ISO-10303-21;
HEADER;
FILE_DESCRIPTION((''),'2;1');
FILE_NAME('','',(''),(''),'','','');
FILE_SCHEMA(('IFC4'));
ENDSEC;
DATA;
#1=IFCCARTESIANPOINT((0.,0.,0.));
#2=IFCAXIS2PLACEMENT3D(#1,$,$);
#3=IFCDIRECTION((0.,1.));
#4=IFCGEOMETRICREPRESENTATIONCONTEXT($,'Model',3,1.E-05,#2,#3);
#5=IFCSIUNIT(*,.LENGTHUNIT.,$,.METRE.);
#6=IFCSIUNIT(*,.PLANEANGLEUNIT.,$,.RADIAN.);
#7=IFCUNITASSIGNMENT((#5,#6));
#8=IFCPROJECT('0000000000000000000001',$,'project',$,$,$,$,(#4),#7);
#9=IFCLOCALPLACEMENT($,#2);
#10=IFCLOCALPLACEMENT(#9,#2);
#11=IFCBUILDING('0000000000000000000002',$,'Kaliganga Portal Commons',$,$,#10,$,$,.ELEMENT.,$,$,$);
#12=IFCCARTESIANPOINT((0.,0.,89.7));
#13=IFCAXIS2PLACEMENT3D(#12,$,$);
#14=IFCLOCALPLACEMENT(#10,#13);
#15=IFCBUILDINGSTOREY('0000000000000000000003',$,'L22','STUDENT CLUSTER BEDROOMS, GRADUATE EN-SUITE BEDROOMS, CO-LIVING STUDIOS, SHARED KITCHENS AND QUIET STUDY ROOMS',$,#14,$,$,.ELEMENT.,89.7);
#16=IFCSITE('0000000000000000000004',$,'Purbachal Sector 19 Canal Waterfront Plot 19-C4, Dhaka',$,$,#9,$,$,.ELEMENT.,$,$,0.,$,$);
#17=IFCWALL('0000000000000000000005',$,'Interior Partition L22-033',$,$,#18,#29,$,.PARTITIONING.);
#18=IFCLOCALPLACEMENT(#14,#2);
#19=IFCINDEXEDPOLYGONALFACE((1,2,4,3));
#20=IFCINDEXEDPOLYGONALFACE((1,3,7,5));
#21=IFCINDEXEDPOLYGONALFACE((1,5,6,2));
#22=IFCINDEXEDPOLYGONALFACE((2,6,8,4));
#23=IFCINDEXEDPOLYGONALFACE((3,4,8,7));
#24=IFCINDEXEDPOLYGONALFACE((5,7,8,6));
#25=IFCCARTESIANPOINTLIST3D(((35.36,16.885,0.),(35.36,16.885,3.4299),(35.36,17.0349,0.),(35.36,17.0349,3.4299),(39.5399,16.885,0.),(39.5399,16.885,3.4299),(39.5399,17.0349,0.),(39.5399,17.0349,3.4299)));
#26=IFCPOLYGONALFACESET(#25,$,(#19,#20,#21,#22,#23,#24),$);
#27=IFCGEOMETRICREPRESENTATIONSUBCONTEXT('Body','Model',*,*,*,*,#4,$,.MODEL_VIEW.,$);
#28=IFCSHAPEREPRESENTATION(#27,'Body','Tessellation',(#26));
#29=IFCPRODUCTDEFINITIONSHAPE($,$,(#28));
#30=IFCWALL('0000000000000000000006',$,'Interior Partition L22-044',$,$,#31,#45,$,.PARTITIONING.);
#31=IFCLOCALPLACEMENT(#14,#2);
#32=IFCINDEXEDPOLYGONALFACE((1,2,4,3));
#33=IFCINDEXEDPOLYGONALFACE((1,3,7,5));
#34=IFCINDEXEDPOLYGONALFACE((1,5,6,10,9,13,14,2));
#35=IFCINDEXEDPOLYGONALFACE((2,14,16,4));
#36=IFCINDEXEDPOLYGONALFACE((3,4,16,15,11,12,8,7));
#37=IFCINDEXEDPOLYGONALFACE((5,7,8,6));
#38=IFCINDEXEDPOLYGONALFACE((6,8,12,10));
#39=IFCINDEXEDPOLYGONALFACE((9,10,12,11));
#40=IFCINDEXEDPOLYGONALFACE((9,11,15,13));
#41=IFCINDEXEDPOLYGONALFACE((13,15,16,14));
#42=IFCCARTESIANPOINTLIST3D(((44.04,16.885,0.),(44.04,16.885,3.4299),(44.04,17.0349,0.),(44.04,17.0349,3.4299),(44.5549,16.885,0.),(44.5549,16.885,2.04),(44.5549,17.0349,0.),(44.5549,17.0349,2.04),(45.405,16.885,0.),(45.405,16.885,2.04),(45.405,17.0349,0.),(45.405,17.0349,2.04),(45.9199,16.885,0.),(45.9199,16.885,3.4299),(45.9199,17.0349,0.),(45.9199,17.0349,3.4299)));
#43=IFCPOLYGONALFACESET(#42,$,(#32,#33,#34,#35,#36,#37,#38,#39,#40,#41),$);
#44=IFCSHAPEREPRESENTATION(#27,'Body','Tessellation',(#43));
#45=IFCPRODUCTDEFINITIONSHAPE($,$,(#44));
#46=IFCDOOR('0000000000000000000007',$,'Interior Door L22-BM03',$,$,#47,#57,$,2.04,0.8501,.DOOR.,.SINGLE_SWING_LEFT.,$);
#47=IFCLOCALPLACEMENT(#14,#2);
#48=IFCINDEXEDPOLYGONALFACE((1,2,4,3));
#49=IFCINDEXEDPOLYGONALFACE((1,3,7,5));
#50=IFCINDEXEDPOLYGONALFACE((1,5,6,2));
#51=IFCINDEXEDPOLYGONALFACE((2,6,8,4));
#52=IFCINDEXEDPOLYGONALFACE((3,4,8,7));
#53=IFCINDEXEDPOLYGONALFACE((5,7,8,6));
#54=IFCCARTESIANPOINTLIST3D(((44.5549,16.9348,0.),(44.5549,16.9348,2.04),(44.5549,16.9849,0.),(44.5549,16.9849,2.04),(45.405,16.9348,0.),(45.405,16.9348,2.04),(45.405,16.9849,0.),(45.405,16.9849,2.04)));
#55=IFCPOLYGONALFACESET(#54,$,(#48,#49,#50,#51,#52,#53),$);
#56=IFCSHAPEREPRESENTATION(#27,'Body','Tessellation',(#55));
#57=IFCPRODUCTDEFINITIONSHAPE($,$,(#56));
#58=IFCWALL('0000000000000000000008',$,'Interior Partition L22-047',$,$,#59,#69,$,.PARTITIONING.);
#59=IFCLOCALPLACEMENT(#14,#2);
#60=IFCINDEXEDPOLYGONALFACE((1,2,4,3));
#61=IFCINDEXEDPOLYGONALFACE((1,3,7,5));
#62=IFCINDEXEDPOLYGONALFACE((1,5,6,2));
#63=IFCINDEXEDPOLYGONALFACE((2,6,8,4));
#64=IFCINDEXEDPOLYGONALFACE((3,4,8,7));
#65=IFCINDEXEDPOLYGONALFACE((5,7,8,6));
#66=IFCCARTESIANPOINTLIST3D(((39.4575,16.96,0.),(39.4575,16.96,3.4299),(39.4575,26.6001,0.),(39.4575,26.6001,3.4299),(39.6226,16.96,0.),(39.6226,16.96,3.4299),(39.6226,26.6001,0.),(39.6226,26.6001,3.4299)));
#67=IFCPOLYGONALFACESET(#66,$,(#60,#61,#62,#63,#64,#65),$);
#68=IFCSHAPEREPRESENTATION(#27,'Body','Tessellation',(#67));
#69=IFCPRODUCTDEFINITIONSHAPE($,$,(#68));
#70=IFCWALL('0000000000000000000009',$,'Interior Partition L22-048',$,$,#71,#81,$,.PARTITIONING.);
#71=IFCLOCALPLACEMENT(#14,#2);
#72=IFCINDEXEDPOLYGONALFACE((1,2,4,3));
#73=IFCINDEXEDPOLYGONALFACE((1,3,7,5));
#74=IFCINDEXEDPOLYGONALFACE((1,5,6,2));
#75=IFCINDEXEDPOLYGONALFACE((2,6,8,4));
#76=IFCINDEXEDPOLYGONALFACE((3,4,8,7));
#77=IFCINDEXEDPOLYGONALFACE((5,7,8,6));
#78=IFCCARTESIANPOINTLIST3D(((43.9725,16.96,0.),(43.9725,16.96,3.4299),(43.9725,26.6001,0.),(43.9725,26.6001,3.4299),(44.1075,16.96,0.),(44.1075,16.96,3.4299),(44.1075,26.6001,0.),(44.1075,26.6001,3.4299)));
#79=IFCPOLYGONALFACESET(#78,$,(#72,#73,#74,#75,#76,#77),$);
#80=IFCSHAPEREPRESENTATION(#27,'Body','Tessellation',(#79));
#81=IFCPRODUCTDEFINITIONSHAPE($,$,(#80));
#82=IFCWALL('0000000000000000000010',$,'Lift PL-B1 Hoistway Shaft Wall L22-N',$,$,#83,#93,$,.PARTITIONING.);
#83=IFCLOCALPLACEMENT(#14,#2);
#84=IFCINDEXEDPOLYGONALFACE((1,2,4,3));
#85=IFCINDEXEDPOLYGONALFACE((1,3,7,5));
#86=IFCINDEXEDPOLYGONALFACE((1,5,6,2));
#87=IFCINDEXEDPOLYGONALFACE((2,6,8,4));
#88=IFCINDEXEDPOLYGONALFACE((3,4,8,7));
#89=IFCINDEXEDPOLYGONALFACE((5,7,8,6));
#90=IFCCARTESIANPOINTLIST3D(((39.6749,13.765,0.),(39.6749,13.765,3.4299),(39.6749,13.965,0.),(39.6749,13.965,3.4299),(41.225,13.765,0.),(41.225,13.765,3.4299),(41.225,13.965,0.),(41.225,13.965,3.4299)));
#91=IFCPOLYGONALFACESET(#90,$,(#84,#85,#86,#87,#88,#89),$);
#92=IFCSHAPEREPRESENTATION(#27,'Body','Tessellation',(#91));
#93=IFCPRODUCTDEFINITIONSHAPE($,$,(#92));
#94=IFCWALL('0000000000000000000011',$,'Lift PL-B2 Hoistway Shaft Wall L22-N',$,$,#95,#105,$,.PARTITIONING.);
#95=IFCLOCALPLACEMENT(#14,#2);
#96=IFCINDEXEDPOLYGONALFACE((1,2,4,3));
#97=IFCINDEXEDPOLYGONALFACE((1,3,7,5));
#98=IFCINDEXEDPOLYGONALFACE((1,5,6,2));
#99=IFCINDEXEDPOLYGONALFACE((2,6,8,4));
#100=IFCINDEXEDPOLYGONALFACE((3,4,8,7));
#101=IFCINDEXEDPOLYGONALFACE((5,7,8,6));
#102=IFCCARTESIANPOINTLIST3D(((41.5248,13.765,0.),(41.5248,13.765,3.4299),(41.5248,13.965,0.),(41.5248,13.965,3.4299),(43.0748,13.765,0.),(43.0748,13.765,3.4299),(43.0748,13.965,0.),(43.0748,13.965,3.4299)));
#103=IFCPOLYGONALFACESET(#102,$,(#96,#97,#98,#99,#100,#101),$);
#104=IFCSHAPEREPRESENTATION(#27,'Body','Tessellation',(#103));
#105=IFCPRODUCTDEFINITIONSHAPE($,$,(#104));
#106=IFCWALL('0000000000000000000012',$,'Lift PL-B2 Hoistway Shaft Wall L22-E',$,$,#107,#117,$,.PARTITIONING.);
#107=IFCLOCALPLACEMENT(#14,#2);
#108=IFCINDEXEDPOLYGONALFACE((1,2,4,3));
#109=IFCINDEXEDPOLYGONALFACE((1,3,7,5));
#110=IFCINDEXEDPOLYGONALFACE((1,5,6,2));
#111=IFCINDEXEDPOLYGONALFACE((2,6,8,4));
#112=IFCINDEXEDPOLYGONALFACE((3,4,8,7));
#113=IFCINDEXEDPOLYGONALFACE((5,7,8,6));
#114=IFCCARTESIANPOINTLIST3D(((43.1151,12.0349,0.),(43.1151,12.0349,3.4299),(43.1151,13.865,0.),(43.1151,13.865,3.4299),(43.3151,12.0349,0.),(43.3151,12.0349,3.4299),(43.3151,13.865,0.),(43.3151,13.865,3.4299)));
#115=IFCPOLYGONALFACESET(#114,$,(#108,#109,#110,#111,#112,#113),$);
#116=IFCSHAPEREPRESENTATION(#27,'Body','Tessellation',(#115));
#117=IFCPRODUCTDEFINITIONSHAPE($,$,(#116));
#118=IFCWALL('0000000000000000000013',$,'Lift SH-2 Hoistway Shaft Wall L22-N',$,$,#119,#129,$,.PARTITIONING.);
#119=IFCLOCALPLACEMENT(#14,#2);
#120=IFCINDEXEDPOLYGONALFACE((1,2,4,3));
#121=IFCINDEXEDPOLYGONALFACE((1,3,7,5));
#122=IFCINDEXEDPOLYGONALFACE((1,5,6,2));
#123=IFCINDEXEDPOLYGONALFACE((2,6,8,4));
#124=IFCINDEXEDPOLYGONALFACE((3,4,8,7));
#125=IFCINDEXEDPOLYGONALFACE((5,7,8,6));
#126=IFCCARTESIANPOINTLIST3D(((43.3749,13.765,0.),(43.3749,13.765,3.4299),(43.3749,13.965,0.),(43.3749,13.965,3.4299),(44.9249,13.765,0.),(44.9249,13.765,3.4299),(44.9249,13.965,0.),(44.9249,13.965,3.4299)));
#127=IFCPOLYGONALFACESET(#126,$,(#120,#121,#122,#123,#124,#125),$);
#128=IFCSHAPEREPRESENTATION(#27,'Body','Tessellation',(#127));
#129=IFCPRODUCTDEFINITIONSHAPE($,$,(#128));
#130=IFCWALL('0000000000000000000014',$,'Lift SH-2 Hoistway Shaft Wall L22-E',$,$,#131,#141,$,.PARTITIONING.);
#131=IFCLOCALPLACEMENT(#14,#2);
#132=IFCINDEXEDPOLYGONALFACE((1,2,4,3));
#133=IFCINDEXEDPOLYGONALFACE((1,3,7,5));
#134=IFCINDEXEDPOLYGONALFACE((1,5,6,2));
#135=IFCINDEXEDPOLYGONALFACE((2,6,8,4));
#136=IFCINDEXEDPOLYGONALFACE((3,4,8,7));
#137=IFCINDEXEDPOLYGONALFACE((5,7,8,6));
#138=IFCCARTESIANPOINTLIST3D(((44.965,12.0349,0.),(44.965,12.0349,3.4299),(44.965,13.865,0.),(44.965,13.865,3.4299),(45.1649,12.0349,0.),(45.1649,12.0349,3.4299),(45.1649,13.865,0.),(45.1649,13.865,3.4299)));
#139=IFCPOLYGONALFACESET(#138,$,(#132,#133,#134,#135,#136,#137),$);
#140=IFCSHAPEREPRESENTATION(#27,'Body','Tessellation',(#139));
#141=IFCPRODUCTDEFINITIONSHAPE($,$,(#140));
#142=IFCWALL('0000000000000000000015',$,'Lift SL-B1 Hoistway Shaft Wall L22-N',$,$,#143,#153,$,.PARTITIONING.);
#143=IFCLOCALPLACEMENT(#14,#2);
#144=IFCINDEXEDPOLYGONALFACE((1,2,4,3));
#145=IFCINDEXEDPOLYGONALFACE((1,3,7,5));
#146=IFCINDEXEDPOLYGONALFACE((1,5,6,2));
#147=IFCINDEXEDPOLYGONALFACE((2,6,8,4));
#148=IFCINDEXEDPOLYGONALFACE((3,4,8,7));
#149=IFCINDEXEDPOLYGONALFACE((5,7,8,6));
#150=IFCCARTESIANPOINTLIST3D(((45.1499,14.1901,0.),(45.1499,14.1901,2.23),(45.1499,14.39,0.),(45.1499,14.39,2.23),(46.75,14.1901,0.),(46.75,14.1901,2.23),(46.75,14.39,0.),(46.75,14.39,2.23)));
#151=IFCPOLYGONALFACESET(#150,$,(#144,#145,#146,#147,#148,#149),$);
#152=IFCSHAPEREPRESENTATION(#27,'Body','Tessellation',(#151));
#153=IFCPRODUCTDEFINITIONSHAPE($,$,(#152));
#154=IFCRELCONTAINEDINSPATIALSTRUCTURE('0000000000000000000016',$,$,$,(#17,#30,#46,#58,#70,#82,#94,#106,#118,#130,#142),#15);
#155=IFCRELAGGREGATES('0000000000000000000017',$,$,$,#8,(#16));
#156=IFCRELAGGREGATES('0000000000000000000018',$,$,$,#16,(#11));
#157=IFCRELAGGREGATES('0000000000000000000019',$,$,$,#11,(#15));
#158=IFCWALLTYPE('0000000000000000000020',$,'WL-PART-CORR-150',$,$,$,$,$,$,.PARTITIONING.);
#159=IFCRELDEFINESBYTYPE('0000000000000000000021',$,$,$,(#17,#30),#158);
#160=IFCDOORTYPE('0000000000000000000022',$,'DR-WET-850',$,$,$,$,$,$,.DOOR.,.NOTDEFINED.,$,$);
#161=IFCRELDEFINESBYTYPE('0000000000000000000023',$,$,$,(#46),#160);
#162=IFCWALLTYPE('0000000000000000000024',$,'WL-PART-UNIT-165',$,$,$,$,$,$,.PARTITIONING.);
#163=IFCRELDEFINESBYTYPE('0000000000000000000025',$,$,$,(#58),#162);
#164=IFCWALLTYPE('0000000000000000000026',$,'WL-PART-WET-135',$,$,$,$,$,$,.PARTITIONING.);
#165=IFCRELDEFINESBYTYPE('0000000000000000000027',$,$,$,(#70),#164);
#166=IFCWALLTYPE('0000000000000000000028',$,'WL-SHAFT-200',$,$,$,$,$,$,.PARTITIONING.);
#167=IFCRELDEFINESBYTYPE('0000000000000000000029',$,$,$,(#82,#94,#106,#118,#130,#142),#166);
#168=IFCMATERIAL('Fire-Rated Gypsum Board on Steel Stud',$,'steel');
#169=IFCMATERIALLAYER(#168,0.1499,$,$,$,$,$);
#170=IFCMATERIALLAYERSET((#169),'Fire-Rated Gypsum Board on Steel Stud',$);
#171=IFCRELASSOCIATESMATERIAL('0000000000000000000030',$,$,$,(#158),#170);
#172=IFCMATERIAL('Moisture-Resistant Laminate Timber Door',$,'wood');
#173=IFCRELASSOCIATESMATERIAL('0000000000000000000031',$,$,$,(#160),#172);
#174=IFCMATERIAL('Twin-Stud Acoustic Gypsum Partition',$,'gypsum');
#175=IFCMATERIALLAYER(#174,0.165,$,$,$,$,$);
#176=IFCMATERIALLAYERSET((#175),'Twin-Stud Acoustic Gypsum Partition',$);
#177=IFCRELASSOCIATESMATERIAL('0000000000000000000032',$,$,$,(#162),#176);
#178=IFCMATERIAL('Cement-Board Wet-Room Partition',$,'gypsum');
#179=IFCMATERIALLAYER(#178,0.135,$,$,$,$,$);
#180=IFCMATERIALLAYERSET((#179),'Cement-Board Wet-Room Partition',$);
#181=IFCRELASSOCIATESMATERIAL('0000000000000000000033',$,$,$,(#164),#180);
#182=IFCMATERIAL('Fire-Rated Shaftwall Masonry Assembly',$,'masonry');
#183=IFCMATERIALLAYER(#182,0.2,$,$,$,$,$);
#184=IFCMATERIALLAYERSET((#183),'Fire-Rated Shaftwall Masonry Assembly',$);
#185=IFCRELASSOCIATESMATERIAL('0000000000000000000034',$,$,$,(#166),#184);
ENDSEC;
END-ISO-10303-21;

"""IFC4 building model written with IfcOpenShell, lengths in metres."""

from ifc_helpers import new_model, si_unit, direction, frame, frame_2d, origin, place, context, subcontext, project, spatial, rectangle, extrude, material, layer, layer_set, type_object, element, fill, save


model = new_model("IFC4")

# Units and contexts
model_context = context("Model", 3, precision=1e-05, world=origin(), true_north=direction((0.0, 1.0)))
body_context = subcontext(model_context, "Body", "Model", "MODEL_VIEW")
ifc_project = project(units=[si_unit("LENGTHUNIT", "METRE"), si_unit("PLANEANGLEUNIT", "RADIAN")], contexts=[model_context])

# Site, building, storey
site_placement = place(None, origin())
site = spatial("IfcSite", under=ifc_project, at=site_placement, Name="Purbachal Sector 19 Canal Waterfront Plot 19-C4, Dhaka", CompositionType="ELEMENT", RefElevation=0.0)
building_placement = place(site_placement, origin())
building = spatial("IfcBuilding", under=site, at=building_placement, Name="Kaliganga Portal Commons", CompositionType="ELEMENT")
storey_placement = place(building_placement, frame((0.0, 0.0, 89.7)))
storey = spatial("IfcBuildingStorey", under=building, at=storey_placement, Name="L22", Description="STUDENT CLUSTER BEDROOMS, GRADUATE EN-SUITE BEDROOMS, CO-LIVING STUDIOS, SHARED KITCHENS AND QUIET STUDY ROOMS", CompositionType="ELEMENT", Elevation=89.7)

# Shared definitions
ifc_material_1 = material(Name="Fire-Rated Gypsum Board on Steel Stud", Category="steel")
ifc_layer_1 = layer(ifc_material_1, 0.1499)
ifc_layer_set_1 = layer_set([ifc_layer_1], Name="Fire-Rated Gypsum Board on Steel Stud")
wall_type_1 = type_object("IfcWallType", Name="WL-PART-CORR-150", PredefinedType="PARTITIONING", material=ifc_layer_set_1)

# Wall
wall_1_placement = place(storey_placement, frame((35.3601, 16.96, 0.0), z_axis=(0.0, 0.0, 1.0), x_axis=(1.0, 0.0, 0.0)))
element("IfcWall", 1, at=wall_1_placement, inside=storey, type_object=wall_type_1, Name="Interior Partition L22-033", PredefinedType="PARTITIONING", context=body_context, shape_type="SweptSolid", body=[
    extrude(rectangle(XDim=4.1799, YDim=0.1499, at=frame_2d((2.0898, 0.0))), origin(), (0.0, 0.0, 1.0), 3.4299),
])

# Wall, opening, door
wall_2_placement = place(storey_placement, frame((44.04, 16.96, 0.0), z_axis=(0.0, 0.0, 1.0), x_axis=(1.0, 0.0, 0.0)))
wall_2 = element("IfcWall", 2, at=wall_2_placement, inside=storey, type_object=wall_type_1, Name="Interior Partition L22-044", PredefinedType="PARTITIONING", context=body_context, shape_type="SweptSolid", body=[
    extrude(rectangle(XDim=1.8799, YDim=0.1499, at=frame_2d((0.9399, 0.0))), origin(), (0.0, 0.0, 1.0), 3.4299),
])
opening_1_placement = place(wall_2_placement, frame((0.5149, 0.0, 0.0)))
opening_1 = element("IfcOpeningElement", 3, at=opening_1_placement, cuts=wall_2, PredefinedType="OPENING", context=body_context, shape_type="SweptSolid", body=[
    extrude(rectangle(XDim=0.8501, YDim=2.04, at=frame_2d((0.425, 1.02))), frame((0.0, 0.085, 0.0), z_axis=(0.0, -1.0, 0.0), x_axis=(1.0, 0.0, 0.0)), (0.0, 0.0, 1.0), 0.1699),
])
ifc_material_2 = material(Name="Moisture-Resistant Laminate Timber Door", Category="wood")
door_type_1 = type_object("IfcDoorType", Name="DR-WET-850", OperationType="NOTDEFINED", PredefinedType="DOOR", material=ifc_material_2)
door_1_placement = place(opening_1_placement, origin())
door_1 = element("IfcDoor", 4, at=door_1_placement, inside=storey, type_object=door_type_1, Name="Interior Door L22-BM03", OperationType="SINGLE_SWING_LEFT", OverallHeight=2.04, OverallWidth=0.8501, PredefinedType="DOOR", context=body_context, shape_type="SweptSolid", body=[
    extrude(rectangle(XDim=0.8501, YDim=2.04, at=frame_2d((0.425, 1.02))), frame((0.0, 0.0249, 0.0), z_axis=(0.0, -1.0, 0.0), x_axis=(1.0, 0.0, 0.0)), (0.0, 0.0, 1.0), 0.05),
])
fill(opening_1, door_1)

# Walls
ifc_material_3 = material(Name="Twin-Stud Acoustic Gypsum Partition", Category="gypsum")
ifc_layer_2 = layer(ifc_material_3, 0.165)
ifc_layer_set_2 = layer_set([ifc_layer_2], Name="Twin-Stud Acoustic Gypsum Partition")
wall_type_2 = type_object("IfcWallType", Name="WL-PART-UNIT-165", PredefinedType="PARTITIONING", material=ifc_layer_set_2)
wall_3_placement = place(storey_placement, frame((39.54, 16.96, 0.0), z_axis=(0.0, 0.0, 1.0), x_axis=(0.0, 1.0, 0.0)))
element("IfcWall", 5, at=wall_3_placement, inside=storey, type_object=wall_type_2, Name="Interior Partition L22-047", PredefinedType="PARTITIONING", context=body_context, shape_type="SweptSolid", body=[
    extrude(rectangle(XDim=9.6401, YDim=0.165, at=frame_2d((4.8201, 0.0))), origin(), (0.0, 0.0, 1.0), 3.4299),
])
ifc_material_4 = material(Name="Cement-Board Wet-Room Partition", Category="gypsum")
ifc_layer_3 = layer(ifc_material_4, 0.135)
ifc_layer_set_3 = layer_set([ifc_layer_3], Name="Cement-Board Wet-Room Partition")
wall_type_3 = type_object("IfcWallType", Name="WL-PART-WET-135", PredefinedType="PARTITIONING", material=ifc_layer_set_3)
wall_4_placement = place(storey_placement, frame((44.04, 16.96, 0.0), z_axis=(0.0, 0.0, 1.0), x_axis=(0.0, 1.0, 0.0)))
element("IfcWall", 6, at=wall_4_placement, inside=storey, type_object=wall_type_3, Name="Interior Partition L22-048", PredefinedType="PARTITIONING", context=body_context, shape_type="SweptSolid", body=[
    extrude(rectangle(XDim=9.6401, YDim=0.135, at=frame_2d((4.8201, 0.0))), origin(), (0.0, 0.0, 1.0), 3.4299),
])
ifc_material_5 = material(Name="Fire-Rated Shaftwall Masonry Assembly", Category="masonry")
ifc_layer_4 = layer(ifc_material_5, 0.2)
ifc_layer_set_4 = layer_set([ifc_layer_4], Name="Fire-Rated Shaftwall Masonry Assembly")
wall_type_4 = type_object("IfcWallType", Name="WL-SHAFT-200", PredefinedType="PARTITIONING", material=ifc_layer_set_4)
for number, where, z_axis, x_axis, name in (
    (7, (39.675, 13.865, 0.0), (0.0, 0.0, 1.0), (1.0, 0.0, 0.0), "Lift PL-B1 Hoistway Shaft Wall L22-N"),
    (8, (41.5249, 13.865, 0.0), (0.0, 0.0, 1.0), (1.0, 0.0, 0.0), "Lift PL-B2 Hoistway Shaft Wall L22-N"),
):
    element("IfcWall", number, at=place(storey_placement, frame(where, z_axis=z_axis, x_axis=x_axis)), inside=storey, type_object=wall_type_4, Name=name, PredefinedType="PARTITIONING", context=body_context, shape_type="SweptSolid", body=[
        extrude(rectangle(XDim=1.55, YDim=0.2, at=frame_2d((0.7749, 0.0))), origin(), (0.0, 0.0, 1.0), 3.4299),
    ])
wall_5_placement = place(storey_placement, frame((43.2151, 12.0349, 0.0), z_axis=(0.0, 0.0, 1.0), x_axis=(0.0, 1.0, 0.0)))
element("IfcWall", 9, at=wall_5_placement, inside=storey, type_object=wall_type_4, Name="Lift PL-B2 Hoistway Shaft Wall L22-E", PredefinedType="PARTITIONING", context=body_context, shape_type="SweptSolid", body=[
    extrude(rectangle(XDim=1.8301, YDim=0.2, at=frame_2d((0.915, 0.0))), origin(), (0.0, 0.0, 1.0), 3.4299),
])

# Walls
wall_6_placement = place(storey_placement, frame((43.375, 13.865, 0.0), z_axis=(0.0, 0.0, 1.0), x_axis=(1.0, 0.0, 0.0)))
element("IfcWall", 10, at=wall_6_placement, inside=storey, type_object=wall_type_4, Name="Lift SH-2 Hoistway Shaft Wall L22-N", PredefinedType="PARTITIONING", context=body_context, shape_type="SweptSolid", body=[
    extrude(rectangle(XDim=1.55, YDim=0.2, at=frame_2d((0.7749, 0.0))), origin(), (0.0, 0.0, 1.0), 3.4299),
])
wall_7_placement = place(storey_placement, frame((45.0649, 12.0349, 0.0), z_axis=(0.0, 0.0, 1.0), x_axis=(0.0, 1.0, 0.0)))
element("IfcWall", 11, at=wall_7_placement, inside=storey, type_object=wall_type_4, Name="Lift SH-2 Hoistway Shaft Wall L22-E", PredefinedType="PARTITIONING", context=body_context, shape_type="SweptSolid", body=[
    extrude(rectangle(XDim=1.8301, YDim=0.2, at=frame_2d((0.915, 0.0))), origin(), (0.0, 0.0, 1.0), 3.4299),
])
wall_8_placement = place(storey_placement, frame((45.1499, 14.29, 0.0), z_axis=(0.0, 0.0, 1.0), x_axis=(1.0, 0.0, 0.0)))
element("IfcWall", 12, at=wall_8_placement, inside=storey, type_object=wall_type_4, Name="Lift SL-B1 Hoistway Shaft Wall L22-N", PredefinedType="PARTITIONING", context=body_context, shape_type="SweptSolid", body=[
    extrude(rectangle(XDim=1.6001, YDim=0.2, at=frame_2d((0.8, 0.0))), origin(), (0.0, 0.0, 1.0), 2.23),
])

save(model, "model.ifc")
